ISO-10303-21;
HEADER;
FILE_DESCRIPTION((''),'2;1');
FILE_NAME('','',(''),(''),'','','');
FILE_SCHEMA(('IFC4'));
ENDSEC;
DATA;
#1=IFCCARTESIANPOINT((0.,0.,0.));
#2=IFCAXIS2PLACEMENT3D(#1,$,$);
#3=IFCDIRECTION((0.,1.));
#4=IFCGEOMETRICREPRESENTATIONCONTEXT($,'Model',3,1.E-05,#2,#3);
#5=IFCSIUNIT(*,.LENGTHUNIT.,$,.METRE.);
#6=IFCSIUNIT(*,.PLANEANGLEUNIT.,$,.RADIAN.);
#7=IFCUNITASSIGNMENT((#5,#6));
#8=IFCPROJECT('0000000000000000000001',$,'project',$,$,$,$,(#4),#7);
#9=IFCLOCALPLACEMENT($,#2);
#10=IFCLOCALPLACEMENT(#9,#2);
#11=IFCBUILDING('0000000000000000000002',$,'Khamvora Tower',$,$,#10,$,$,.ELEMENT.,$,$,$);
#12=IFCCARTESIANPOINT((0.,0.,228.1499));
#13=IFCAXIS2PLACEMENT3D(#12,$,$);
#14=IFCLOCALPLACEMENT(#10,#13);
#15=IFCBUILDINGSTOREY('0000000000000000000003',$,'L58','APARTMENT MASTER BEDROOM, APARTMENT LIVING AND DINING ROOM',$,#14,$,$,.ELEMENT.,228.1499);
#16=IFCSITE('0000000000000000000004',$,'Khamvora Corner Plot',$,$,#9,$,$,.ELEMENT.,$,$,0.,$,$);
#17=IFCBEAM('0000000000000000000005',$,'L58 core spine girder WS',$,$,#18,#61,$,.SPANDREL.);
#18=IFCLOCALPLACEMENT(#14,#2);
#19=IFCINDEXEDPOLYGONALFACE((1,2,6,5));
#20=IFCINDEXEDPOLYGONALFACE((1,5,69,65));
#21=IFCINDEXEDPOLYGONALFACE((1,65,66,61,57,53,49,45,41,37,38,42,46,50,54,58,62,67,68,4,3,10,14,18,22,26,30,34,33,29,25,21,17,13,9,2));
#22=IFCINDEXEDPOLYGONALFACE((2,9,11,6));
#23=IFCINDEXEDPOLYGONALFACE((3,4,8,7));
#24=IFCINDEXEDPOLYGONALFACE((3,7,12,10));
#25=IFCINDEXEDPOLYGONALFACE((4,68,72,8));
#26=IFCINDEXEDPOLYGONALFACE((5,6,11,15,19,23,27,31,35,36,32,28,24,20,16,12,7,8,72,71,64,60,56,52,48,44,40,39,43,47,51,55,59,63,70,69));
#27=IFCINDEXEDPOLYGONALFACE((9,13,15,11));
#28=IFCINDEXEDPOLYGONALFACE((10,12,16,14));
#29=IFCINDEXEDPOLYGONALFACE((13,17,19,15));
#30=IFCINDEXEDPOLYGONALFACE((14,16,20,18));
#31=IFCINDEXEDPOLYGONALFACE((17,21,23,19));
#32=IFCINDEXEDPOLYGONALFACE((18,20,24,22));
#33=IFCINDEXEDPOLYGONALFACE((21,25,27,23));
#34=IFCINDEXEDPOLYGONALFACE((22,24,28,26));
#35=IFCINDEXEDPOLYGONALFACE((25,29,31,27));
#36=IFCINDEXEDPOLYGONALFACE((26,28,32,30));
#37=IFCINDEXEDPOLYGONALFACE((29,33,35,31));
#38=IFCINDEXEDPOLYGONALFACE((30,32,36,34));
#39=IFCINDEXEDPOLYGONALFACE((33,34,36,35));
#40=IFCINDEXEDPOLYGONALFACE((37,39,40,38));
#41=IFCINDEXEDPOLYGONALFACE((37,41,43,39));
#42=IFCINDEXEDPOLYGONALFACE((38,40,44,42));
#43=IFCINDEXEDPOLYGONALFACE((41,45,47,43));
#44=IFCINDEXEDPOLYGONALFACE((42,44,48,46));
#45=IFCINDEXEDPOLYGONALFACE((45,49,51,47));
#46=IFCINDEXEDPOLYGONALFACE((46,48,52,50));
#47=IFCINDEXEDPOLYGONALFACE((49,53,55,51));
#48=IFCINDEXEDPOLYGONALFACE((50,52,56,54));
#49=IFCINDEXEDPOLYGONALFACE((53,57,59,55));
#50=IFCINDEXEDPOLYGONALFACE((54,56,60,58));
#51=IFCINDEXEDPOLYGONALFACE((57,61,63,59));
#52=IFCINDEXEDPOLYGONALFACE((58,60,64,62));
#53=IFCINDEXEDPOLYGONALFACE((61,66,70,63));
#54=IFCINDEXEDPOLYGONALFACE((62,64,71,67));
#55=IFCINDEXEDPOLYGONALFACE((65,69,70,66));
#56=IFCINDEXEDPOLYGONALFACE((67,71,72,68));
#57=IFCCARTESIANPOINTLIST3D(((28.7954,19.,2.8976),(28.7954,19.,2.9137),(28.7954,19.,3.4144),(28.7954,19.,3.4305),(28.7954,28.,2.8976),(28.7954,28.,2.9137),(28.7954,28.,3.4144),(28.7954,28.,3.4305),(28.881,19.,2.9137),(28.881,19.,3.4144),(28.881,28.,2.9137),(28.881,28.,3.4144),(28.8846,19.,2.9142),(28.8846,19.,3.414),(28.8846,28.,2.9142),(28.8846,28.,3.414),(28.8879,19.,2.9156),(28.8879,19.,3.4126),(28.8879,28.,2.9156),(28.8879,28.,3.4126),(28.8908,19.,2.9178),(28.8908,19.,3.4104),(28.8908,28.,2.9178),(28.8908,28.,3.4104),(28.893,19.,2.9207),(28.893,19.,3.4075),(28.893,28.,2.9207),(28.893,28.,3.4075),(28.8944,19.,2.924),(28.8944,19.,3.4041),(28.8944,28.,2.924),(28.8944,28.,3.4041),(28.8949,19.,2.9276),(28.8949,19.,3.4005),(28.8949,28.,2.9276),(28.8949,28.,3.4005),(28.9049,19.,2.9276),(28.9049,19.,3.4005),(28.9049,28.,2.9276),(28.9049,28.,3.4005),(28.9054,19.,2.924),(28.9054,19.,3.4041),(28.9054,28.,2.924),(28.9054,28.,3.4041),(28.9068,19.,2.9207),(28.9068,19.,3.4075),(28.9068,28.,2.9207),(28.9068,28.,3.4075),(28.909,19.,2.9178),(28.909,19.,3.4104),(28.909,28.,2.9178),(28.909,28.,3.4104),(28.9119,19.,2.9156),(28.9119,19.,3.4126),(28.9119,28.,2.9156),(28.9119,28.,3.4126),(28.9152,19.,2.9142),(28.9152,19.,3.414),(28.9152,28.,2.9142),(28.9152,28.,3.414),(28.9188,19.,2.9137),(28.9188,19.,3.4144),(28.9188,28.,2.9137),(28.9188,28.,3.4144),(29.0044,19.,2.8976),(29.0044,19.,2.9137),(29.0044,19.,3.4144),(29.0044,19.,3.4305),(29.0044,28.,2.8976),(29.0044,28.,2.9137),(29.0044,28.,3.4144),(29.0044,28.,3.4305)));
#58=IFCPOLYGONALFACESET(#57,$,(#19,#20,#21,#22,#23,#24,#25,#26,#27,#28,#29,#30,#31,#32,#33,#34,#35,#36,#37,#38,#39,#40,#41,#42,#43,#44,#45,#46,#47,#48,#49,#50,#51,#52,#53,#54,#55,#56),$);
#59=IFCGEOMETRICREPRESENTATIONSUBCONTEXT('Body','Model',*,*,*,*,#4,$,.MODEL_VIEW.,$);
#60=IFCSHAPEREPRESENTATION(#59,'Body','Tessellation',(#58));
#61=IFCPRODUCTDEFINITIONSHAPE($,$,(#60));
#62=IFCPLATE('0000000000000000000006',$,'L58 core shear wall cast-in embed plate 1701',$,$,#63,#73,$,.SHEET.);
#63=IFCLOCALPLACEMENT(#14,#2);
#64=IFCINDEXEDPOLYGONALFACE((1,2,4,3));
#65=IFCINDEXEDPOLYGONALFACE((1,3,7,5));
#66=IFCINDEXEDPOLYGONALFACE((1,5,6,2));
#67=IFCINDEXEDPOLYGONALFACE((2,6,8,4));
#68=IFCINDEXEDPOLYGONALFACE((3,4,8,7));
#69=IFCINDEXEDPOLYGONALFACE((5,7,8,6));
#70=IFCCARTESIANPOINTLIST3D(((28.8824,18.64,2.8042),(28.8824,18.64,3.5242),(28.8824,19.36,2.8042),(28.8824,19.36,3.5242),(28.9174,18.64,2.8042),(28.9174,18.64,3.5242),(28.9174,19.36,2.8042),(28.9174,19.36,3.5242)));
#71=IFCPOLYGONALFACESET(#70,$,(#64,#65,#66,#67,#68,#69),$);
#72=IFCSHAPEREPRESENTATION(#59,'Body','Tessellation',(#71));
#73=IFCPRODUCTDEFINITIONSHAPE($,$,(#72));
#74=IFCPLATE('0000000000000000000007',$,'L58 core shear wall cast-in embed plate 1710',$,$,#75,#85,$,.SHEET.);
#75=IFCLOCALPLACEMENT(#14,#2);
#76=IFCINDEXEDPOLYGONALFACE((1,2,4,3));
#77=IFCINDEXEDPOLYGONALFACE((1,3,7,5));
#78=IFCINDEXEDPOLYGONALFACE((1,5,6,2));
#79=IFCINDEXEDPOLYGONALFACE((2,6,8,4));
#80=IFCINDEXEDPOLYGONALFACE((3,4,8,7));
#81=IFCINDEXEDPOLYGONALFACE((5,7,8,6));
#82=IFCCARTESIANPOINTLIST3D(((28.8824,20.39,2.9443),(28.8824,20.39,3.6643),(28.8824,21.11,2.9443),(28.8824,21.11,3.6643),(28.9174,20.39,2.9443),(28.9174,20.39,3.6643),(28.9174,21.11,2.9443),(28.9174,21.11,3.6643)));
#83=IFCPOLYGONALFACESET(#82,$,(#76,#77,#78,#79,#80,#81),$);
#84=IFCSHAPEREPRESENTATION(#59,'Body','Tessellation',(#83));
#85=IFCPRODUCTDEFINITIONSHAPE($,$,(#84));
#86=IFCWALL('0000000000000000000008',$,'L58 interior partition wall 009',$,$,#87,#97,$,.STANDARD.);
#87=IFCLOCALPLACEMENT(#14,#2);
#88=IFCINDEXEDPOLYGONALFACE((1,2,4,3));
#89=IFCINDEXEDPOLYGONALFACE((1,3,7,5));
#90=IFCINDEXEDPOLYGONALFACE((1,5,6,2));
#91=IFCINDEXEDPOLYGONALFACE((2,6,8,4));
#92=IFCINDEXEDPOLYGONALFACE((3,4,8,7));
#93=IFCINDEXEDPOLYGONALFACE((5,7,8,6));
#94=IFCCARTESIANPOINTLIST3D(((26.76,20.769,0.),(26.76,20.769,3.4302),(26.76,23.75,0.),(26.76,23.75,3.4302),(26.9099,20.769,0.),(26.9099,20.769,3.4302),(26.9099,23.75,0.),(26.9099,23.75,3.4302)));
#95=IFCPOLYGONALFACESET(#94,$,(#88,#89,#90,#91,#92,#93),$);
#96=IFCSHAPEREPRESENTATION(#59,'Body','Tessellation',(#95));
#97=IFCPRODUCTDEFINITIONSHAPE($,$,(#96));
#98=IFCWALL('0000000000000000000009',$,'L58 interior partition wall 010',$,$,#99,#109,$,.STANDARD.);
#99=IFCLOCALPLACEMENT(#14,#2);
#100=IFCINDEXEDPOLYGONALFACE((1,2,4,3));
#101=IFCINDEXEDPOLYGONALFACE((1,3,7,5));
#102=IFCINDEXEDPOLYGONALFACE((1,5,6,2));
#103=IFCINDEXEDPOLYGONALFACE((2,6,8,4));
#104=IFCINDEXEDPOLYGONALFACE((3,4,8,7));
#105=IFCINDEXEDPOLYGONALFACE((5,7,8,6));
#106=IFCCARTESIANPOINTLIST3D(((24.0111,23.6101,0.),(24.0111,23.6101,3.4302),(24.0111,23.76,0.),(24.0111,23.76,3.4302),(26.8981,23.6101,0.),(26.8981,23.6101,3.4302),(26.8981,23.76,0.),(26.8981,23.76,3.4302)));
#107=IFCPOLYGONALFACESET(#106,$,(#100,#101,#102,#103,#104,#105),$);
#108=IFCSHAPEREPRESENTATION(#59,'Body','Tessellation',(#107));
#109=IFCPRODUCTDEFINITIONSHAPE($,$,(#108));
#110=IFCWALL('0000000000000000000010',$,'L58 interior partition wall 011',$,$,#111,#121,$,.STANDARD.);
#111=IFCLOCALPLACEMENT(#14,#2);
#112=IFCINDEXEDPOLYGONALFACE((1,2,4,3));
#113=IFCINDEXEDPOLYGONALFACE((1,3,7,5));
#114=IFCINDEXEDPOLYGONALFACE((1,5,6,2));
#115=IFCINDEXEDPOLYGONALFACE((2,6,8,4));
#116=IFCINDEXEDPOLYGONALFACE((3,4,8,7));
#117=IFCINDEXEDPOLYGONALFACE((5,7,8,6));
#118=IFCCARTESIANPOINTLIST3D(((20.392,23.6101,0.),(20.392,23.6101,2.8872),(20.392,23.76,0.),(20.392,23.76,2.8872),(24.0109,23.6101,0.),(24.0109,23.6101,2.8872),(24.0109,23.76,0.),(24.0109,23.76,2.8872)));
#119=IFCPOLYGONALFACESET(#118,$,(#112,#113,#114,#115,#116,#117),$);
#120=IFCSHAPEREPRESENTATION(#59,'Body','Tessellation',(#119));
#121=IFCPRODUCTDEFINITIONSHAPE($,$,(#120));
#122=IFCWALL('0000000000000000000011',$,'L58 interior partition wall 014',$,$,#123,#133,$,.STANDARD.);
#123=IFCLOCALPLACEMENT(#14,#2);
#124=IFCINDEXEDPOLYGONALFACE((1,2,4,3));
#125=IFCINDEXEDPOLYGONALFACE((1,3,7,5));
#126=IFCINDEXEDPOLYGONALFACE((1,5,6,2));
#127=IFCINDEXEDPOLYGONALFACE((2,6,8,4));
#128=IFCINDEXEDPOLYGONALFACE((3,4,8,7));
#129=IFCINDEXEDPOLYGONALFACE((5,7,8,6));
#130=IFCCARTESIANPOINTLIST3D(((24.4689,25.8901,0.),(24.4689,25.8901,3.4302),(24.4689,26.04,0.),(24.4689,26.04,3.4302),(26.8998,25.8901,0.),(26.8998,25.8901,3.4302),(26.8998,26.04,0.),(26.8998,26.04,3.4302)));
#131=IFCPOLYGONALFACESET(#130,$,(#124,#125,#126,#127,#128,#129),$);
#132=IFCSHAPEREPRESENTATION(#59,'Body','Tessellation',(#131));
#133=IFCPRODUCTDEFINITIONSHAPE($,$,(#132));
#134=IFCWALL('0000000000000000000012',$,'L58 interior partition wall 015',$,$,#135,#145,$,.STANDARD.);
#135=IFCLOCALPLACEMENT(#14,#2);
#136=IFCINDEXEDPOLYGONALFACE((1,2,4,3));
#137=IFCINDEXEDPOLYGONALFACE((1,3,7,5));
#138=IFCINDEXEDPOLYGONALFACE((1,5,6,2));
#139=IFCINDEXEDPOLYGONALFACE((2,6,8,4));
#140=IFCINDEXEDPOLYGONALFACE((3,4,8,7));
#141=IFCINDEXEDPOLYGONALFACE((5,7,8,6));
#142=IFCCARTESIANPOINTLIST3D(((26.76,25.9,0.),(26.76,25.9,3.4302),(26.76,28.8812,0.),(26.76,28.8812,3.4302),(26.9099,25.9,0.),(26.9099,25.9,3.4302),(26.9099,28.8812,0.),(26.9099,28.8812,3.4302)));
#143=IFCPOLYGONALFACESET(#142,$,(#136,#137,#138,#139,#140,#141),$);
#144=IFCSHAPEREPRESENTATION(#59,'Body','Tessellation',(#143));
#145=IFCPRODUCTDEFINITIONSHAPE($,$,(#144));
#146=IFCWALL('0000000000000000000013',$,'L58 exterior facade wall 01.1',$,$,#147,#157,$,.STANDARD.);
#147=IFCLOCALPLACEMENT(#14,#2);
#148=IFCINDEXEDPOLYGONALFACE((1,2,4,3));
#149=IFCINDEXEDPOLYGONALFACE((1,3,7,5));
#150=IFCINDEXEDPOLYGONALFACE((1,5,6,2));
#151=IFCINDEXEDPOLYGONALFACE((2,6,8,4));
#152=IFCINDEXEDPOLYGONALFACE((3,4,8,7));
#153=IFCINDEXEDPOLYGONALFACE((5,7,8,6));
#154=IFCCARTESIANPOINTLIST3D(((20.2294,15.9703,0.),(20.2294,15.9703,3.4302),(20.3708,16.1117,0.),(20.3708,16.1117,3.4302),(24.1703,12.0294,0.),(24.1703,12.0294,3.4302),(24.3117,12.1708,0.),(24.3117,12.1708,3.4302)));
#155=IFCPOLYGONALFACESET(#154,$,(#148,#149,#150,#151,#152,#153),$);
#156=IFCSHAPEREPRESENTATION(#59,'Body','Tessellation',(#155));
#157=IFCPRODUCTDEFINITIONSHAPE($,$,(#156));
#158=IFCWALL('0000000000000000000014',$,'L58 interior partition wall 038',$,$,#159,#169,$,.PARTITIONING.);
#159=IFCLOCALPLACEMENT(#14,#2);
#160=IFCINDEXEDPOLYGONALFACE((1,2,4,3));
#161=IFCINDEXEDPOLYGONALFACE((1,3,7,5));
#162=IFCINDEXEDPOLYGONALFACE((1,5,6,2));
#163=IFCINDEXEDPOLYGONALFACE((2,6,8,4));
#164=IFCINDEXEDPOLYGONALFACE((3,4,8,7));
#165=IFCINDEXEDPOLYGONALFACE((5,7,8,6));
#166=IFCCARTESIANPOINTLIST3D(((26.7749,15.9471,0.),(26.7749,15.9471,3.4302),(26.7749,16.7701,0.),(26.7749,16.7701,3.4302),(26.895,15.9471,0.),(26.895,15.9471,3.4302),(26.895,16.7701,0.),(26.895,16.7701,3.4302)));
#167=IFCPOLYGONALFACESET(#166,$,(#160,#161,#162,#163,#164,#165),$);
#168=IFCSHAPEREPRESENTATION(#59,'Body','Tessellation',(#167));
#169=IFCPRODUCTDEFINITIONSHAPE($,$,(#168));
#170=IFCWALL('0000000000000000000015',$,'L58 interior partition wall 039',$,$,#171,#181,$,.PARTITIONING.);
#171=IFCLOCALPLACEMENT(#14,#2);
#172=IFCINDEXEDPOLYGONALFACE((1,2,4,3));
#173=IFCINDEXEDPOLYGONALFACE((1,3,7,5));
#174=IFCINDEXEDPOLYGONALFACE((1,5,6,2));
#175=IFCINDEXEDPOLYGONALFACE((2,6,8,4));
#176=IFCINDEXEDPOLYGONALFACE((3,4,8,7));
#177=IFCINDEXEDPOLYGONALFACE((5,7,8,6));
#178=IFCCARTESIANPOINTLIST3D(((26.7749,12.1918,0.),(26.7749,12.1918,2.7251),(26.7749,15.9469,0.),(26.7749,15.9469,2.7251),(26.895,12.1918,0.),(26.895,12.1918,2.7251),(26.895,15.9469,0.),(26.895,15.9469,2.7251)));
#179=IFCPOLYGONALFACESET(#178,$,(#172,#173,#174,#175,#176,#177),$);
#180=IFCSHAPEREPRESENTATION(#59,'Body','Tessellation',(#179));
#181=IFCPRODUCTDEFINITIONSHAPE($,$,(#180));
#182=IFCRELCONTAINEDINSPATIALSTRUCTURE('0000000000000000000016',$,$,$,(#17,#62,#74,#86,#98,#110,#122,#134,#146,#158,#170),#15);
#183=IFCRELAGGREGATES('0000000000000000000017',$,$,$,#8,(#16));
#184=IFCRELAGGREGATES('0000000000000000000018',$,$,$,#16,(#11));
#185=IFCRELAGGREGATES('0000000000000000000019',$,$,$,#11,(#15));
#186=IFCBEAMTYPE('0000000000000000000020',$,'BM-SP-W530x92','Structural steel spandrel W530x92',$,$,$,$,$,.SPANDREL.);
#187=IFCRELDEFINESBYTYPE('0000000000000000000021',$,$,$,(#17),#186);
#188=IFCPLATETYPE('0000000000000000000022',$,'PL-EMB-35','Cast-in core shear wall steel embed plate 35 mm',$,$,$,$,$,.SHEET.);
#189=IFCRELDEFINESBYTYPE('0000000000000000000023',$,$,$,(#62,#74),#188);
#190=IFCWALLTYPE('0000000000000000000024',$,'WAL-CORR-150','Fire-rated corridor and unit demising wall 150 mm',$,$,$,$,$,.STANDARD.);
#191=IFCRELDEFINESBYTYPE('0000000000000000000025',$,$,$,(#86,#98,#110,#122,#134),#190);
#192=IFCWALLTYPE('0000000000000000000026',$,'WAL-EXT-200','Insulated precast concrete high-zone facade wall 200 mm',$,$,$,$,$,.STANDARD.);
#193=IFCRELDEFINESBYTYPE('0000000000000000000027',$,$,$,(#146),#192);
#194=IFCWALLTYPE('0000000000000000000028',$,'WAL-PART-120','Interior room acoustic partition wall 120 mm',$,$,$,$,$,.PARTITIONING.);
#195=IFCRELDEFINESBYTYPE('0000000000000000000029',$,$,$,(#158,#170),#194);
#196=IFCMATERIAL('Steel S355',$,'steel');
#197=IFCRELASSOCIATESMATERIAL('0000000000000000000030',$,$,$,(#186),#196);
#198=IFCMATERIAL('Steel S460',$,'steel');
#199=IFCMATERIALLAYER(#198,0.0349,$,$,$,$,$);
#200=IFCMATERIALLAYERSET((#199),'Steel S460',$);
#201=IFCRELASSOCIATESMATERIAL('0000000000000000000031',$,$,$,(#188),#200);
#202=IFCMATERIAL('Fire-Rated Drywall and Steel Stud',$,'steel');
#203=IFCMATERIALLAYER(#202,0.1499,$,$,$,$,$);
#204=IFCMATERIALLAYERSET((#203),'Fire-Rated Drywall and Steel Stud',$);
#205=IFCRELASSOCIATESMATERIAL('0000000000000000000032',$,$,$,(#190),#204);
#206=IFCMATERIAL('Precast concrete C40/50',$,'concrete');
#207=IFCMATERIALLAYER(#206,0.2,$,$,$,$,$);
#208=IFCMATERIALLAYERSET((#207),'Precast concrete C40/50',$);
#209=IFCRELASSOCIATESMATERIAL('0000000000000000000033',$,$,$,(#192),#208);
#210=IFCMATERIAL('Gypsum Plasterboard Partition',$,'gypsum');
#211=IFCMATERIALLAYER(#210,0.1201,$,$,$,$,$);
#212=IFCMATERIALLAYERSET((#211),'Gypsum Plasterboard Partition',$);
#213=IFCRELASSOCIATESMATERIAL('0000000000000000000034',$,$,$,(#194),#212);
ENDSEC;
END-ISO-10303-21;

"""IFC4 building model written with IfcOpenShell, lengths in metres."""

from ifc_helpers import new_model, si_unit, direction, frame, frame_2d, origin, origin_2d, place, context, subcontext, project, spatial, rectangle, i_section, extrude, material, layer, layer_set, material_profile, profile_set, type_object, element, save


model = new_model("IFC4")

# Units and contexts
model_context = context("Model", 3, precision=1e-05, world=origin(), true_north=direction((0.0, 1.0)))
body_context = subcontext(model_context, "Body", "Model", "MODEL_VIEW")
ifc_project = project(units=[si_unit("LENGTHUNIT", "METRE"), si_unit("PLANEANGLEUNIT", "RADIAN")], contexts=[model_context])

# Site, building, storey
site_placement = place(None, origin())
site = spatial("IfcSite", under=ifc_project, at=site_placement, Name="Khamvora Corner Plot", CompositionType="ELEMENT", RefElevation=0.0)
building_placement = place(site_placement, origin())
building = spatial("IfcBuilding", under=site, at=building_placement, Name="Khamvora Tower", CompositionType="ELEMENT")
storey_placement = place(building_placement, frame((0.0, 0.0, 228.1499)))
storey = spatial("IfcBuildingStorey", under=building, at=storey_placement, Name="L58", Description="APARTMENT MASTER BEDROOM, APARTMENT LIVING AND DINING ROOM", CompositionType="ELEMENT", Elevation=228.1499)

# Shared definitions
ifc_material_1 = material(Name="Steel S355", Category="steel")

# Beam
ifc_material_profile_1 = material_profile(ifc_material_1, i_section(OverallWidth=0.209, OverallDepth=0.533, WebThickness=0.01, FlangeThickness=0.0161, FilletRadius=0.0139, at=origin_2d()), Name="W530x92")
ifc_profile_set_1 = profile_set([ifc_material_profile_1], Name="Steel S355")
beam_type_1 = type_object("IfcBeamType", Name="BM-SP-W530x92", Description="Structural steel spandrel W530x92", PredefinedType="SPANDREL", material=ifc_profile_set_1)
beam_1_placement = place(storey_placement, frame((28.8999, 19.0, 3.1641), z_axis=(0.0, 1.0, 0.0), x_axis=(-1.0, 0.0, 0.0)))
element("IfcBeam", 1, at=beam_1_placement, inside=storey, type_object=beam_type_1, Name="L58 core spine girder WS", PredefinedType="SPANDREL", context=body_context, shape_type="SweptSolid", body=[
    extrude(i_section(OverallWidth=0.209, OverallDepth=0.533, WebThickness=0.01, FlangeThickness=0.0161, FilletRadius=0.0139, at=origin_2d()), origin(), (0.0, 0.0, 1.0), 9.0),
])

# Plates
ifc_material_2 = material(Name="Steel S460", Category="steel")
ifc_layer_1 = layer(ifc_material_2, 0.0349)
ifc_layer_set_1 = layer_set([ifc_layer_1], Name="Steel S460")
plate_type = type_object("IfcPlateType", Name="PL-EMB-35", Description="Cast-in core shear wall steel embed plate 35 mm", PredefinedType="SHEET", material=ifc_layer_set_1)
for number, where, z_axis, x_axis, name in (
    (2, (28.8999, 19.0, 2.8042), (0.0, 0.0, 1.0), (1.0, 0.0, 0.0), "L58 core shear wall cast-in embed plate 1701"),
    (3, (28.8999, 20.75, 2.9443), (0.0, 0.0, 1.0), (1.0, 0.0, 0.0), "L58 core shear wall cast-in embed plate 1710"),
):
    element("IfcPlate", number, at=place(storey_placement, frame(where, z_axis=z_axis, x_axis=x_axis)), inside=storey, type_object=plate_type, Name=name, PredefinedType="SHEET", context=body_context, shape_type="SweptSolid", body=[
        extrude(rectangle(XDim=0.0349, YDim=0.72, at=origin_2d()), origin(), (0.0, 0.0, 1.0), 0.72),
    ])

# Shared definitions
ifc_material_3 = material(Name="Fire-Rated Drywall and Steel Stud", Category="steel")
ifc_layer_2 = layer(ifc_material_3, 0.1499)
ifc_layer_set_2 = layer_set([ifc_layer_2], Name="Fire-Rated Drywall and Steel Stud")
wall_type_1 = type_object("IfcWallType", Name="WAL-CORR-150", Description="Fire-rated corridor and unit demising wall 150 mm", PredefinedType="STANDARD", material=ifc_layer_set_2)

# Walls
wall_1_placement = place(storey_placement, frame((26.835, 20.769, 0.0), z_axis=(0.0, 0.0, 1.0), x_axis=(0.0, 1.0, 0.0)))
element("IfcWall", 4, at=wall_1_placement, inside=storey, type_object=wall_type_1, Name="L58 interior partition wall 009", PredefinedType="STANDARD", context=body_context, shape_type="SweptSolid", body=[
    extrude(rectangle(XDim=2.981, YDim=0.1499, at=frame_2d((1.4905, 0.0))), origin(), (0.0, 0.0, 1.0), 3.4302),
])
wall_2_placement = place(storey_placement, frame((26.8979, 23.6851, 0.0), z_axis=(0.0, 0.0, 1.0), x_axis=(-1.0, 0.0, 0.0)))
element("IfcWall", 5, at=wall_2_placement, inside=storey, type_object=wall_type_1, Name="L58 interior partition wall 010", PredefinedType="STANDARD", context=body_context, shape_type="SweptSolid", body=[
    extrude(rectangle(XDim=2.887, YDim=0.1499, at=frame_2d((1.4434, 0.0))), origin(), (0.0, 0.0, 1.0), 3.4302),
])
wall_3_placement = place(storey_placement, frame((24.011, 23.6851, 0.0), z_axis=(0.0, 0.0, 1.0), x_axis=(-1.0, 0.0, 0.0)))
element("IfcWall", 6, at=wall_3_placement, inside=storey, type_object=wall_type_1, Name="L58 interior partition wall 011", PredefinedType="STANDARD", context=body_context, shape_type="SweptSolid", body=[
    extrude(rectangle(XDim=3.6189, YDim=0.1499, at=frame_2d((1.8096, 0.0))), origin(), (0.0, 0.0, 1.0), 2.8872),
])
wall_4_placement = place(storey_placement, frame((24.469, 25.9651, 0.0), z_axis=(0.0, 0.0, 1.0), x_axis=(1.0, 0.0, 0.0)))
element("IfcWall", 7, at=wall_4_placement, inside=storey, type_object=wall_type_1, Name="L58 interior partition wall 014", PredefinedType="STANDARD", context=body_context, shape_type="SweptSolid", body=[
    extrude(rectangle(XDim=2.4309, YDim=0.1499, at=frame_2d((1.2153, 0.0))), origin(), (0.0, 0.0, 1.0), 3.4302),
])
wall_5_placement = place(storey_placement, frame((26.835, 25.8999, 0.0), z_axis=(0.0, 0.0, 1.0), x_axis=(0.0, 1.0, 0.0)))
element("IfcWall", 8, at=wall_5_placement, inside=storey, type_object=wall_type_1, Name="L58 interior partition wall 015", PredefinedType="STANDARD", context=body_context, shape_type="SweptSolid", body=[
    extrude(rectangle(XDim=2.9812, YDim=0.1499, at=frame_2d((1.4907, 0.0))), origin(), (0.0, 0.0, 1.0), 3.4302),
])
ifc_material_4 = material(Name="Precast concrete C40/50", Category="concrete")
ifc_layer_3 = layer(ifc_material_4, 0.2)
ifc_layer_set_3 = layer_set([ifc_layer_3], Name="Precast concrete C40/50")
wall_type_2 = type_object("IfcWallType", Name="WAL-EXT-200", Description="Insulated precast concrete high-zone facade wall 200 mm", PredefinedType="STANDARD", material=ifc_layer_set_3)
wall_6_placement = place(storey_placement, frame((24.241, 12.1001, 0.0), z_axis=(0.0, 0.0, 1.0), x_axis=(-0.707107, 0.707107, 0.0)))
element("IfcWall", 9, at=wall_6_placement, inside=storey, type_object=wall_type_2, Name="L58 exterior facade wall 01.1", PredefinedType="STANDARD", context=body_context, shape_type="SweptSolid", body=[
    extrude(rectangle(XDim=5.5732, YDim=0.2, at=frame_2d((2.7866, 0.0))), origin(), (0.0, 0.0, 1.0), 3.4302),
])
ifc_material_5 = material(Name="Gypsum Plasterboard Partition", Category="gypsum")
ifc_layer_4 = layer(ifc_material_5, 0.1201)
ifc_layer_set_4 = layer_set([ifc_layer_4], Name="Gypsum Plasterboard Partition")
wall_type_3 = type_object("IfcWallType", Name="WAL-PART-120", Description="Interior room acoustic partition wall 120 mm", PredefinedType="PARTITIONING", material=ifc_layer_set_4)
wall_7_placement = place(storey_placement, frame((26.835, 15.947, 0.0), z_axis=(0.0, 0.0, 1.0), x_axis=(0.0, 1.0, 0.0)))
element("IfcWall", 10, at=wall_7_placement, inside=storey, type_object=wall_type_3, Name="L58 interior partition wall 038", PredefinedType="PARTITIONING", context=body_context, shape_type="SweptSolid", body=[
    extrude(rectangle(XDim=0.823, YDim=0.1201, at=frame_2d((0.4116, 0.0))), origin(), (0.0, 0.0, 1.0), 3.4302),
])
wall_8_placement = place(storey_placement, frame((26.835, 12.1919, 0.0), z_axis=(0.0, 0.0, 1.0), x_axis=(0.0, 1.0, 0.0)))
element("IfcWall", 11, at=wall_8_placement, inside=storey, type_object=wall_type_3, Name="L58 interior partition wall 039", PredefinedType="PARTITIONING", context=body_context, shape_type="SweptSolid", body=[
    extrude(rectangle(XDim=3.7551, YDim=0.1201, at=frame_2d((1.8774, 0.0))), origin(), (0.0, 0.0, 1.0), 2.7251),
])

save(model, "model.ifc")
